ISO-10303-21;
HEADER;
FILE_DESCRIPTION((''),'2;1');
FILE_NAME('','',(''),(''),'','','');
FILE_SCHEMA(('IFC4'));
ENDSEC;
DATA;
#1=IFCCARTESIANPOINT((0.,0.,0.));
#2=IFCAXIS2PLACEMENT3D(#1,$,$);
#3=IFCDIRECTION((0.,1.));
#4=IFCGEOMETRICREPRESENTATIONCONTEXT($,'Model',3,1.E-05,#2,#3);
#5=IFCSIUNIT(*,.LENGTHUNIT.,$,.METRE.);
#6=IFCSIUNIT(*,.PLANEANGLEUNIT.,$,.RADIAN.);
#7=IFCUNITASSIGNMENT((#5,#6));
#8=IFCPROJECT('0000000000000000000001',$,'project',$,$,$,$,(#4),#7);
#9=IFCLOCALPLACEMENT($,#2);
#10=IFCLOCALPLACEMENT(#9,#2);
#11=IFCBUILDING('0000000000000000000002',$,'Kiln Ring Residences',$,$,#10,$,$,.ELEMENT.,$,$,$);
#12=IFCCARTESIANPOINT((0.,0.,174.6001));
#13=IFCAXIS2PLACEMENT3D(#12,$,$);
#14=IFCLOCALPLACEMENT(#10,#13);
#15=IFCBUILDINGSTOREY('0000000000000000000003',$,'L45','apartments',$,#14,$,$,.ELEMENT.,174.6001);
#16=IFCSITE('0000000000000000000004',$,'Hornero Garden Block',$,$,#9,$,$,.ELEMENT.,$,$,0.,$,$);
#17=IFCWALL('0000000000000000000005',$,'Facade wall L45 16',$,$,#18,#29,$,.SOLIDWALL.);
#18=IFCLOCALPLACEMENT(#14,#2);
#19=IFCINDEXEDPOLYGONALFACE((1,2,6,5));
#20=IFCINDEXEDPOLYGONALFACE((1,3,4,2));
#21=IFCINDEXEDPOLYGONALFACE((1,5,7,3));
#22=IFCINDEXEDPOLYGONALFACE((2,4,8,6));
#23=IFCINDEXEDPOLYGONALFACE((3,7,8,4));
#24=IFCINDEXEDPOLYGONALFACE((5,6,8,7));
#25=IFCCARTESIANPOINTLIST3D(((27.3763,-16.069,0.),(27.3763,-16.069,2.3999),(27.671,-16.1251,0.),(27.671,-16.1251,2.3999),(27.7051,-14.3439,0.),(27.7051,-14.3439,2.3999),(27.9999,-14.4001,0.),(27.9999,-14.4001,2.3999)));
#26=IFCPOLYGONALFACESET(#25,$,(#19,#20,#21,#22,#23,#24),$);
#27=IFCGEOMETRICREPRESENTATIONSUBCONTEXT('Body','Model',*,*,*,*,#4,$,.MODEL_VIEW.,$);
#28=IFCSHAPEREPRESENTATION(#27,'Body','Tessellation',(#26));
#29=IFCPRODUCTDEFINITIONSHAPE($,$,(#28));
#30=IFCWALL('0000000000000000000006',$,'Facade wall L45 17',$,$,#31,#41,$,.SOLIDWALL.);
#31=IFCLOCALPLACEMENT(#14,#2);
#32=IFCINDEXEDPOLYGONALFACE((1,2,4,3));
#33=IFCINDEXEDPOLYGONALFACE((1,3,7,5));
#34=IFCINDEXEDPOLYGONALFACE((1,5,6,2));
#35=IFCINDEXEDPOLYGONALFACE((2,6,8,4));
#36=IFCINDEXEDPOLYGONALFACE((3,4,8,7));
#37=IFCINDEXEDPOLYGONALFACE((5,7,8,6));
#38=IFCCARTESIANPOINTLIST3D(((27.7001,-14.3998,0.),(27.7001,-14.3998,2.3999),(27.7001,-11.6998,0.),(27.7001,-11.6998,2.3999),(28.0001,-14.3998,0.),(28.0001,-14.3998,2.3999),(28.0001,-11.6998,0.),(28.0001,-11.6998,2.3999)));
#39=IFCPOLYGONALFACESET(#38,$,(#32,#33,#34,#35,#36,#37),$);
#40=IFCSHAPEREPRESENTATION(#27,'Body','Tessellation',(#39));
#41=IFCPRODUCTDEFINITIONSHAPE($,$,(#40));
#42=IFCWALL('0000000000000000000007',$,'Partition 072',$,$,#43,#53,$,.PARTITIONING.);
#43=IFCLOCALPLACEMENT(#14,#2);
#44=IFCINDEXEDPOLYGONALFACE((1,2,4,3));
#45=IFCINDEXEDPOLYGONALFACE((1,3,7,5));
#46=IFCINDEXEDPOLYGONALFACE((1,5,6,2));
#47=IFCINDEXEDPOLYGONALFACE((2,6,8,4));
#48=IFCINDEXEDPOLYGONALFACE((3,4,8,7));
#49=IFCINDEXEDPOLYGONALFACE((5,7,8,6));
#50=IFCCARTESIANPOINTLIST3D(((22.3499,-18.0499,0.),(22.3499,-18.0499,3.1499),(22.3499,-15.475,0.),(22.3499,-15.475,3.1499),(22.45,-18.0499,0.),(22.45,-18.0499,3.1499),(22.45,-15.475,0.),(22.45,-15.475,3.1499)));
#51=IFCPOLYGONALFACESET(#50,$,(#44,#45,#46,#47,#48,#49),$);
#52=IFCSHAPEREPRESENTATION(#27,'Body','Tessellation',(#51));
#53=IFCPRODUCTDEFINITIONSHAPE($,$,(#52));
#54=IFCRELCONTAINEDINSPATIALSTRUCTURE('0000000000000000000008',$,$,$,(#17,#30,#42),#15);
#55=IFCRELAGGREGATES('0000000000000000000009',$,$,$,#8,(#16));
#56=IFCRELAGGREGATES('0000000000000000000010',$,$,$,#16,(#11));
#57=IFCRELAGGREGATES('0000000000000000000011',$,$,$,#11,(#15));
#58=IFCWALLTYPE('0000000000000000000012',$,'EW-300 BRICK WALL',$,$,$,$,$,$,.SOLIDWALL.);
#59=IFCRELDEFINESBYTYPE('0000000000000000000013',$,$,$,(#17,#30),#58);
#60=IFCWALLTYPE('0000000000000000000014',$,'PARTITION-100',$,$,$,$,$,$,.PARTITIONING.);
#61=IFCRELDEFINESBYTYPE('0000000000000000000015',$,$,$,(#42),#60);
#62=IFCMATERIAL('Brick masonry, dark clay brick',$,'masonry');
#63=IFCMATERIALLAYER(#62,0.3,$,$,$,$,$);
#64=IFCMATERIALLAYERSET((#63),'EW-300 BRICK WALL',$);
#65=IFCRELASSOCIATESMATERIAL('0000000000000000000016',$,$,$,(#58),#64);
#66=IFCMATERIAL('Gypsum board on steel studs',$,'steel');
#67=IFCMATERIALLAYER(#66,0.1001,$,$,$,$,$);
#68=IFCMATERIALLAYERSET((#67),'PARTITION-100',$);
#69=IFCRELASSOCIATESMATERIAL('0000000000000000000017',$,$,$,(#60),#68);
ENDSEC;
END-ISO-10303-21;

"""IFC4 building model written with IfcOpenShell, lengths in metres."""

from ifc_helpers import new_model, si_unit, direction, frame, frame_2d, origin, place, context, subcontext, project, spatial, rectangle, extrude, material, layer, layer_set, type_object, element, save


model = new_model("IFC4")

# Units and contexts
model_context = context("Model", 3, precision=1e-05, world=origin(), true_north=direction((0.0, 1.0)))
body_context = subcontext(model_context, "Body", "Model", "MODEL_VIEW")
ifc_project = project(units=[si_unit("LENGTHUNIT", "METRE"), si_unit("PLANEANGLEUNIT", "RADIAN")], contexts=[model_context])

# Site, building, storey
site_placement = place(None, origin())
site = spatial("IfcSite", under=ifc_project, at=site_placement, Name="Hornero Garden Block", CompositionType="ELEMENT", RefElevation=0.0)
building_placement = place(site_placement, origin())
building = spatial("IfcBuilding", under=site, at=building_placement, Name="Kiln Ring Residences", CompositionType="ELEMENT")
storey_placement = place(building_placement, frame((0.0, 0.0, 174.6001)))
storey = spatial("IfcBuildingStorey", under=building, at=storey_placement, Name="L45", Description="apartments", CompositionType="ELEMENT", Elevation=174.6001)

# Walls
ifc_material_1 = material(Name="Brick masonry, dark clay brick", Category="masonry")
ifc_layer_1 = layer(ifc_material_1, 0.3)
ifc_layer_set_1 = layer_set([ifc_layer_1], Name="EW-300 BRICK WALL")
wall_type_1 = type_object("IfcWallType", Name="EW-300 BRICK WALL", PredefinedType="SOLIDWALL", material=ifc_layer_set_1)
wall_1_placement = place(storey_placement, frame((27.5237, -16.0969, 0.0), z_axis=(0.0, 0.0, 1.0), x_axis=(0.187259, 0.982311, 0.0)))
element("IfcWall", 1, at=wall_1_placement, inside=storey, type_object=wall_type_1, Name="Facade wall L45 16", PredefinedType="SOLIDWALL", context=body_context, shape_type="SweptSolid", body=[
    extrude(rectangle(XDim=1.7561, YDim=0.3, at=frame_2d((0.8779, 0.0))), origin(), (0.0, 0.0, 1.0), 2.3999),
])
wall_2_placement = place(storey_placement, frame((27.8501, -14.3999, 0.0), z_axis=(0.0, 0.0, 1.0), x_axis=(0.0, 1.0, 0.0)))
element("IfcWall", 2, at=wall_2_placement, inside=storey, type_object=wall_type_1, Name="Facade wall L45 17", PredefinedType="SOLIDWALL", context=body_context, shape_type="SweptSolid", body=[
    extrude(rectangle(XDim=2.7, YDim=0.3, at=frame_2d((1.3501, 0.0))), origin(), (0.0, 0.0, 1.0), 2.3999),
])
ifc_material_2 = material(Name="Gypsum board on steel studs", Category="steel")
ifc_layer_2 = layer(ifc_material_2, 0.1001)
ifc_layer_set_2 = layer_set([ifc_layer_2], Name="PARTITION-100")
wall_type_2 = type_object("IfcWallType", Name="PARTITION-100", PredefinedType="PARTITIONING", material=ifc_layer_set_2)
wall_3_placement = place(storey_placement, frame((22.3999, -18.05, 0.0), z_axis=(0.0, 0.0, 1.0), x_axis=(0.0, 1.0, 0.0)))
element("IfcWall", 3, at=wall_3_placement, inside=storey, type_object=wall_type_2, Name="Partition 072", PredefinedType="PARTITIONING", context=body_context, shape_type="SweptSolid", body=[
    extrude(rectangle(XDim=2.575, YDim=0.1001, at=frame_2d((1.2876, 0.0))), origin(), (0.0, 0.0, 1.0), 3.1499),
])

save(model, "model.ifc")
